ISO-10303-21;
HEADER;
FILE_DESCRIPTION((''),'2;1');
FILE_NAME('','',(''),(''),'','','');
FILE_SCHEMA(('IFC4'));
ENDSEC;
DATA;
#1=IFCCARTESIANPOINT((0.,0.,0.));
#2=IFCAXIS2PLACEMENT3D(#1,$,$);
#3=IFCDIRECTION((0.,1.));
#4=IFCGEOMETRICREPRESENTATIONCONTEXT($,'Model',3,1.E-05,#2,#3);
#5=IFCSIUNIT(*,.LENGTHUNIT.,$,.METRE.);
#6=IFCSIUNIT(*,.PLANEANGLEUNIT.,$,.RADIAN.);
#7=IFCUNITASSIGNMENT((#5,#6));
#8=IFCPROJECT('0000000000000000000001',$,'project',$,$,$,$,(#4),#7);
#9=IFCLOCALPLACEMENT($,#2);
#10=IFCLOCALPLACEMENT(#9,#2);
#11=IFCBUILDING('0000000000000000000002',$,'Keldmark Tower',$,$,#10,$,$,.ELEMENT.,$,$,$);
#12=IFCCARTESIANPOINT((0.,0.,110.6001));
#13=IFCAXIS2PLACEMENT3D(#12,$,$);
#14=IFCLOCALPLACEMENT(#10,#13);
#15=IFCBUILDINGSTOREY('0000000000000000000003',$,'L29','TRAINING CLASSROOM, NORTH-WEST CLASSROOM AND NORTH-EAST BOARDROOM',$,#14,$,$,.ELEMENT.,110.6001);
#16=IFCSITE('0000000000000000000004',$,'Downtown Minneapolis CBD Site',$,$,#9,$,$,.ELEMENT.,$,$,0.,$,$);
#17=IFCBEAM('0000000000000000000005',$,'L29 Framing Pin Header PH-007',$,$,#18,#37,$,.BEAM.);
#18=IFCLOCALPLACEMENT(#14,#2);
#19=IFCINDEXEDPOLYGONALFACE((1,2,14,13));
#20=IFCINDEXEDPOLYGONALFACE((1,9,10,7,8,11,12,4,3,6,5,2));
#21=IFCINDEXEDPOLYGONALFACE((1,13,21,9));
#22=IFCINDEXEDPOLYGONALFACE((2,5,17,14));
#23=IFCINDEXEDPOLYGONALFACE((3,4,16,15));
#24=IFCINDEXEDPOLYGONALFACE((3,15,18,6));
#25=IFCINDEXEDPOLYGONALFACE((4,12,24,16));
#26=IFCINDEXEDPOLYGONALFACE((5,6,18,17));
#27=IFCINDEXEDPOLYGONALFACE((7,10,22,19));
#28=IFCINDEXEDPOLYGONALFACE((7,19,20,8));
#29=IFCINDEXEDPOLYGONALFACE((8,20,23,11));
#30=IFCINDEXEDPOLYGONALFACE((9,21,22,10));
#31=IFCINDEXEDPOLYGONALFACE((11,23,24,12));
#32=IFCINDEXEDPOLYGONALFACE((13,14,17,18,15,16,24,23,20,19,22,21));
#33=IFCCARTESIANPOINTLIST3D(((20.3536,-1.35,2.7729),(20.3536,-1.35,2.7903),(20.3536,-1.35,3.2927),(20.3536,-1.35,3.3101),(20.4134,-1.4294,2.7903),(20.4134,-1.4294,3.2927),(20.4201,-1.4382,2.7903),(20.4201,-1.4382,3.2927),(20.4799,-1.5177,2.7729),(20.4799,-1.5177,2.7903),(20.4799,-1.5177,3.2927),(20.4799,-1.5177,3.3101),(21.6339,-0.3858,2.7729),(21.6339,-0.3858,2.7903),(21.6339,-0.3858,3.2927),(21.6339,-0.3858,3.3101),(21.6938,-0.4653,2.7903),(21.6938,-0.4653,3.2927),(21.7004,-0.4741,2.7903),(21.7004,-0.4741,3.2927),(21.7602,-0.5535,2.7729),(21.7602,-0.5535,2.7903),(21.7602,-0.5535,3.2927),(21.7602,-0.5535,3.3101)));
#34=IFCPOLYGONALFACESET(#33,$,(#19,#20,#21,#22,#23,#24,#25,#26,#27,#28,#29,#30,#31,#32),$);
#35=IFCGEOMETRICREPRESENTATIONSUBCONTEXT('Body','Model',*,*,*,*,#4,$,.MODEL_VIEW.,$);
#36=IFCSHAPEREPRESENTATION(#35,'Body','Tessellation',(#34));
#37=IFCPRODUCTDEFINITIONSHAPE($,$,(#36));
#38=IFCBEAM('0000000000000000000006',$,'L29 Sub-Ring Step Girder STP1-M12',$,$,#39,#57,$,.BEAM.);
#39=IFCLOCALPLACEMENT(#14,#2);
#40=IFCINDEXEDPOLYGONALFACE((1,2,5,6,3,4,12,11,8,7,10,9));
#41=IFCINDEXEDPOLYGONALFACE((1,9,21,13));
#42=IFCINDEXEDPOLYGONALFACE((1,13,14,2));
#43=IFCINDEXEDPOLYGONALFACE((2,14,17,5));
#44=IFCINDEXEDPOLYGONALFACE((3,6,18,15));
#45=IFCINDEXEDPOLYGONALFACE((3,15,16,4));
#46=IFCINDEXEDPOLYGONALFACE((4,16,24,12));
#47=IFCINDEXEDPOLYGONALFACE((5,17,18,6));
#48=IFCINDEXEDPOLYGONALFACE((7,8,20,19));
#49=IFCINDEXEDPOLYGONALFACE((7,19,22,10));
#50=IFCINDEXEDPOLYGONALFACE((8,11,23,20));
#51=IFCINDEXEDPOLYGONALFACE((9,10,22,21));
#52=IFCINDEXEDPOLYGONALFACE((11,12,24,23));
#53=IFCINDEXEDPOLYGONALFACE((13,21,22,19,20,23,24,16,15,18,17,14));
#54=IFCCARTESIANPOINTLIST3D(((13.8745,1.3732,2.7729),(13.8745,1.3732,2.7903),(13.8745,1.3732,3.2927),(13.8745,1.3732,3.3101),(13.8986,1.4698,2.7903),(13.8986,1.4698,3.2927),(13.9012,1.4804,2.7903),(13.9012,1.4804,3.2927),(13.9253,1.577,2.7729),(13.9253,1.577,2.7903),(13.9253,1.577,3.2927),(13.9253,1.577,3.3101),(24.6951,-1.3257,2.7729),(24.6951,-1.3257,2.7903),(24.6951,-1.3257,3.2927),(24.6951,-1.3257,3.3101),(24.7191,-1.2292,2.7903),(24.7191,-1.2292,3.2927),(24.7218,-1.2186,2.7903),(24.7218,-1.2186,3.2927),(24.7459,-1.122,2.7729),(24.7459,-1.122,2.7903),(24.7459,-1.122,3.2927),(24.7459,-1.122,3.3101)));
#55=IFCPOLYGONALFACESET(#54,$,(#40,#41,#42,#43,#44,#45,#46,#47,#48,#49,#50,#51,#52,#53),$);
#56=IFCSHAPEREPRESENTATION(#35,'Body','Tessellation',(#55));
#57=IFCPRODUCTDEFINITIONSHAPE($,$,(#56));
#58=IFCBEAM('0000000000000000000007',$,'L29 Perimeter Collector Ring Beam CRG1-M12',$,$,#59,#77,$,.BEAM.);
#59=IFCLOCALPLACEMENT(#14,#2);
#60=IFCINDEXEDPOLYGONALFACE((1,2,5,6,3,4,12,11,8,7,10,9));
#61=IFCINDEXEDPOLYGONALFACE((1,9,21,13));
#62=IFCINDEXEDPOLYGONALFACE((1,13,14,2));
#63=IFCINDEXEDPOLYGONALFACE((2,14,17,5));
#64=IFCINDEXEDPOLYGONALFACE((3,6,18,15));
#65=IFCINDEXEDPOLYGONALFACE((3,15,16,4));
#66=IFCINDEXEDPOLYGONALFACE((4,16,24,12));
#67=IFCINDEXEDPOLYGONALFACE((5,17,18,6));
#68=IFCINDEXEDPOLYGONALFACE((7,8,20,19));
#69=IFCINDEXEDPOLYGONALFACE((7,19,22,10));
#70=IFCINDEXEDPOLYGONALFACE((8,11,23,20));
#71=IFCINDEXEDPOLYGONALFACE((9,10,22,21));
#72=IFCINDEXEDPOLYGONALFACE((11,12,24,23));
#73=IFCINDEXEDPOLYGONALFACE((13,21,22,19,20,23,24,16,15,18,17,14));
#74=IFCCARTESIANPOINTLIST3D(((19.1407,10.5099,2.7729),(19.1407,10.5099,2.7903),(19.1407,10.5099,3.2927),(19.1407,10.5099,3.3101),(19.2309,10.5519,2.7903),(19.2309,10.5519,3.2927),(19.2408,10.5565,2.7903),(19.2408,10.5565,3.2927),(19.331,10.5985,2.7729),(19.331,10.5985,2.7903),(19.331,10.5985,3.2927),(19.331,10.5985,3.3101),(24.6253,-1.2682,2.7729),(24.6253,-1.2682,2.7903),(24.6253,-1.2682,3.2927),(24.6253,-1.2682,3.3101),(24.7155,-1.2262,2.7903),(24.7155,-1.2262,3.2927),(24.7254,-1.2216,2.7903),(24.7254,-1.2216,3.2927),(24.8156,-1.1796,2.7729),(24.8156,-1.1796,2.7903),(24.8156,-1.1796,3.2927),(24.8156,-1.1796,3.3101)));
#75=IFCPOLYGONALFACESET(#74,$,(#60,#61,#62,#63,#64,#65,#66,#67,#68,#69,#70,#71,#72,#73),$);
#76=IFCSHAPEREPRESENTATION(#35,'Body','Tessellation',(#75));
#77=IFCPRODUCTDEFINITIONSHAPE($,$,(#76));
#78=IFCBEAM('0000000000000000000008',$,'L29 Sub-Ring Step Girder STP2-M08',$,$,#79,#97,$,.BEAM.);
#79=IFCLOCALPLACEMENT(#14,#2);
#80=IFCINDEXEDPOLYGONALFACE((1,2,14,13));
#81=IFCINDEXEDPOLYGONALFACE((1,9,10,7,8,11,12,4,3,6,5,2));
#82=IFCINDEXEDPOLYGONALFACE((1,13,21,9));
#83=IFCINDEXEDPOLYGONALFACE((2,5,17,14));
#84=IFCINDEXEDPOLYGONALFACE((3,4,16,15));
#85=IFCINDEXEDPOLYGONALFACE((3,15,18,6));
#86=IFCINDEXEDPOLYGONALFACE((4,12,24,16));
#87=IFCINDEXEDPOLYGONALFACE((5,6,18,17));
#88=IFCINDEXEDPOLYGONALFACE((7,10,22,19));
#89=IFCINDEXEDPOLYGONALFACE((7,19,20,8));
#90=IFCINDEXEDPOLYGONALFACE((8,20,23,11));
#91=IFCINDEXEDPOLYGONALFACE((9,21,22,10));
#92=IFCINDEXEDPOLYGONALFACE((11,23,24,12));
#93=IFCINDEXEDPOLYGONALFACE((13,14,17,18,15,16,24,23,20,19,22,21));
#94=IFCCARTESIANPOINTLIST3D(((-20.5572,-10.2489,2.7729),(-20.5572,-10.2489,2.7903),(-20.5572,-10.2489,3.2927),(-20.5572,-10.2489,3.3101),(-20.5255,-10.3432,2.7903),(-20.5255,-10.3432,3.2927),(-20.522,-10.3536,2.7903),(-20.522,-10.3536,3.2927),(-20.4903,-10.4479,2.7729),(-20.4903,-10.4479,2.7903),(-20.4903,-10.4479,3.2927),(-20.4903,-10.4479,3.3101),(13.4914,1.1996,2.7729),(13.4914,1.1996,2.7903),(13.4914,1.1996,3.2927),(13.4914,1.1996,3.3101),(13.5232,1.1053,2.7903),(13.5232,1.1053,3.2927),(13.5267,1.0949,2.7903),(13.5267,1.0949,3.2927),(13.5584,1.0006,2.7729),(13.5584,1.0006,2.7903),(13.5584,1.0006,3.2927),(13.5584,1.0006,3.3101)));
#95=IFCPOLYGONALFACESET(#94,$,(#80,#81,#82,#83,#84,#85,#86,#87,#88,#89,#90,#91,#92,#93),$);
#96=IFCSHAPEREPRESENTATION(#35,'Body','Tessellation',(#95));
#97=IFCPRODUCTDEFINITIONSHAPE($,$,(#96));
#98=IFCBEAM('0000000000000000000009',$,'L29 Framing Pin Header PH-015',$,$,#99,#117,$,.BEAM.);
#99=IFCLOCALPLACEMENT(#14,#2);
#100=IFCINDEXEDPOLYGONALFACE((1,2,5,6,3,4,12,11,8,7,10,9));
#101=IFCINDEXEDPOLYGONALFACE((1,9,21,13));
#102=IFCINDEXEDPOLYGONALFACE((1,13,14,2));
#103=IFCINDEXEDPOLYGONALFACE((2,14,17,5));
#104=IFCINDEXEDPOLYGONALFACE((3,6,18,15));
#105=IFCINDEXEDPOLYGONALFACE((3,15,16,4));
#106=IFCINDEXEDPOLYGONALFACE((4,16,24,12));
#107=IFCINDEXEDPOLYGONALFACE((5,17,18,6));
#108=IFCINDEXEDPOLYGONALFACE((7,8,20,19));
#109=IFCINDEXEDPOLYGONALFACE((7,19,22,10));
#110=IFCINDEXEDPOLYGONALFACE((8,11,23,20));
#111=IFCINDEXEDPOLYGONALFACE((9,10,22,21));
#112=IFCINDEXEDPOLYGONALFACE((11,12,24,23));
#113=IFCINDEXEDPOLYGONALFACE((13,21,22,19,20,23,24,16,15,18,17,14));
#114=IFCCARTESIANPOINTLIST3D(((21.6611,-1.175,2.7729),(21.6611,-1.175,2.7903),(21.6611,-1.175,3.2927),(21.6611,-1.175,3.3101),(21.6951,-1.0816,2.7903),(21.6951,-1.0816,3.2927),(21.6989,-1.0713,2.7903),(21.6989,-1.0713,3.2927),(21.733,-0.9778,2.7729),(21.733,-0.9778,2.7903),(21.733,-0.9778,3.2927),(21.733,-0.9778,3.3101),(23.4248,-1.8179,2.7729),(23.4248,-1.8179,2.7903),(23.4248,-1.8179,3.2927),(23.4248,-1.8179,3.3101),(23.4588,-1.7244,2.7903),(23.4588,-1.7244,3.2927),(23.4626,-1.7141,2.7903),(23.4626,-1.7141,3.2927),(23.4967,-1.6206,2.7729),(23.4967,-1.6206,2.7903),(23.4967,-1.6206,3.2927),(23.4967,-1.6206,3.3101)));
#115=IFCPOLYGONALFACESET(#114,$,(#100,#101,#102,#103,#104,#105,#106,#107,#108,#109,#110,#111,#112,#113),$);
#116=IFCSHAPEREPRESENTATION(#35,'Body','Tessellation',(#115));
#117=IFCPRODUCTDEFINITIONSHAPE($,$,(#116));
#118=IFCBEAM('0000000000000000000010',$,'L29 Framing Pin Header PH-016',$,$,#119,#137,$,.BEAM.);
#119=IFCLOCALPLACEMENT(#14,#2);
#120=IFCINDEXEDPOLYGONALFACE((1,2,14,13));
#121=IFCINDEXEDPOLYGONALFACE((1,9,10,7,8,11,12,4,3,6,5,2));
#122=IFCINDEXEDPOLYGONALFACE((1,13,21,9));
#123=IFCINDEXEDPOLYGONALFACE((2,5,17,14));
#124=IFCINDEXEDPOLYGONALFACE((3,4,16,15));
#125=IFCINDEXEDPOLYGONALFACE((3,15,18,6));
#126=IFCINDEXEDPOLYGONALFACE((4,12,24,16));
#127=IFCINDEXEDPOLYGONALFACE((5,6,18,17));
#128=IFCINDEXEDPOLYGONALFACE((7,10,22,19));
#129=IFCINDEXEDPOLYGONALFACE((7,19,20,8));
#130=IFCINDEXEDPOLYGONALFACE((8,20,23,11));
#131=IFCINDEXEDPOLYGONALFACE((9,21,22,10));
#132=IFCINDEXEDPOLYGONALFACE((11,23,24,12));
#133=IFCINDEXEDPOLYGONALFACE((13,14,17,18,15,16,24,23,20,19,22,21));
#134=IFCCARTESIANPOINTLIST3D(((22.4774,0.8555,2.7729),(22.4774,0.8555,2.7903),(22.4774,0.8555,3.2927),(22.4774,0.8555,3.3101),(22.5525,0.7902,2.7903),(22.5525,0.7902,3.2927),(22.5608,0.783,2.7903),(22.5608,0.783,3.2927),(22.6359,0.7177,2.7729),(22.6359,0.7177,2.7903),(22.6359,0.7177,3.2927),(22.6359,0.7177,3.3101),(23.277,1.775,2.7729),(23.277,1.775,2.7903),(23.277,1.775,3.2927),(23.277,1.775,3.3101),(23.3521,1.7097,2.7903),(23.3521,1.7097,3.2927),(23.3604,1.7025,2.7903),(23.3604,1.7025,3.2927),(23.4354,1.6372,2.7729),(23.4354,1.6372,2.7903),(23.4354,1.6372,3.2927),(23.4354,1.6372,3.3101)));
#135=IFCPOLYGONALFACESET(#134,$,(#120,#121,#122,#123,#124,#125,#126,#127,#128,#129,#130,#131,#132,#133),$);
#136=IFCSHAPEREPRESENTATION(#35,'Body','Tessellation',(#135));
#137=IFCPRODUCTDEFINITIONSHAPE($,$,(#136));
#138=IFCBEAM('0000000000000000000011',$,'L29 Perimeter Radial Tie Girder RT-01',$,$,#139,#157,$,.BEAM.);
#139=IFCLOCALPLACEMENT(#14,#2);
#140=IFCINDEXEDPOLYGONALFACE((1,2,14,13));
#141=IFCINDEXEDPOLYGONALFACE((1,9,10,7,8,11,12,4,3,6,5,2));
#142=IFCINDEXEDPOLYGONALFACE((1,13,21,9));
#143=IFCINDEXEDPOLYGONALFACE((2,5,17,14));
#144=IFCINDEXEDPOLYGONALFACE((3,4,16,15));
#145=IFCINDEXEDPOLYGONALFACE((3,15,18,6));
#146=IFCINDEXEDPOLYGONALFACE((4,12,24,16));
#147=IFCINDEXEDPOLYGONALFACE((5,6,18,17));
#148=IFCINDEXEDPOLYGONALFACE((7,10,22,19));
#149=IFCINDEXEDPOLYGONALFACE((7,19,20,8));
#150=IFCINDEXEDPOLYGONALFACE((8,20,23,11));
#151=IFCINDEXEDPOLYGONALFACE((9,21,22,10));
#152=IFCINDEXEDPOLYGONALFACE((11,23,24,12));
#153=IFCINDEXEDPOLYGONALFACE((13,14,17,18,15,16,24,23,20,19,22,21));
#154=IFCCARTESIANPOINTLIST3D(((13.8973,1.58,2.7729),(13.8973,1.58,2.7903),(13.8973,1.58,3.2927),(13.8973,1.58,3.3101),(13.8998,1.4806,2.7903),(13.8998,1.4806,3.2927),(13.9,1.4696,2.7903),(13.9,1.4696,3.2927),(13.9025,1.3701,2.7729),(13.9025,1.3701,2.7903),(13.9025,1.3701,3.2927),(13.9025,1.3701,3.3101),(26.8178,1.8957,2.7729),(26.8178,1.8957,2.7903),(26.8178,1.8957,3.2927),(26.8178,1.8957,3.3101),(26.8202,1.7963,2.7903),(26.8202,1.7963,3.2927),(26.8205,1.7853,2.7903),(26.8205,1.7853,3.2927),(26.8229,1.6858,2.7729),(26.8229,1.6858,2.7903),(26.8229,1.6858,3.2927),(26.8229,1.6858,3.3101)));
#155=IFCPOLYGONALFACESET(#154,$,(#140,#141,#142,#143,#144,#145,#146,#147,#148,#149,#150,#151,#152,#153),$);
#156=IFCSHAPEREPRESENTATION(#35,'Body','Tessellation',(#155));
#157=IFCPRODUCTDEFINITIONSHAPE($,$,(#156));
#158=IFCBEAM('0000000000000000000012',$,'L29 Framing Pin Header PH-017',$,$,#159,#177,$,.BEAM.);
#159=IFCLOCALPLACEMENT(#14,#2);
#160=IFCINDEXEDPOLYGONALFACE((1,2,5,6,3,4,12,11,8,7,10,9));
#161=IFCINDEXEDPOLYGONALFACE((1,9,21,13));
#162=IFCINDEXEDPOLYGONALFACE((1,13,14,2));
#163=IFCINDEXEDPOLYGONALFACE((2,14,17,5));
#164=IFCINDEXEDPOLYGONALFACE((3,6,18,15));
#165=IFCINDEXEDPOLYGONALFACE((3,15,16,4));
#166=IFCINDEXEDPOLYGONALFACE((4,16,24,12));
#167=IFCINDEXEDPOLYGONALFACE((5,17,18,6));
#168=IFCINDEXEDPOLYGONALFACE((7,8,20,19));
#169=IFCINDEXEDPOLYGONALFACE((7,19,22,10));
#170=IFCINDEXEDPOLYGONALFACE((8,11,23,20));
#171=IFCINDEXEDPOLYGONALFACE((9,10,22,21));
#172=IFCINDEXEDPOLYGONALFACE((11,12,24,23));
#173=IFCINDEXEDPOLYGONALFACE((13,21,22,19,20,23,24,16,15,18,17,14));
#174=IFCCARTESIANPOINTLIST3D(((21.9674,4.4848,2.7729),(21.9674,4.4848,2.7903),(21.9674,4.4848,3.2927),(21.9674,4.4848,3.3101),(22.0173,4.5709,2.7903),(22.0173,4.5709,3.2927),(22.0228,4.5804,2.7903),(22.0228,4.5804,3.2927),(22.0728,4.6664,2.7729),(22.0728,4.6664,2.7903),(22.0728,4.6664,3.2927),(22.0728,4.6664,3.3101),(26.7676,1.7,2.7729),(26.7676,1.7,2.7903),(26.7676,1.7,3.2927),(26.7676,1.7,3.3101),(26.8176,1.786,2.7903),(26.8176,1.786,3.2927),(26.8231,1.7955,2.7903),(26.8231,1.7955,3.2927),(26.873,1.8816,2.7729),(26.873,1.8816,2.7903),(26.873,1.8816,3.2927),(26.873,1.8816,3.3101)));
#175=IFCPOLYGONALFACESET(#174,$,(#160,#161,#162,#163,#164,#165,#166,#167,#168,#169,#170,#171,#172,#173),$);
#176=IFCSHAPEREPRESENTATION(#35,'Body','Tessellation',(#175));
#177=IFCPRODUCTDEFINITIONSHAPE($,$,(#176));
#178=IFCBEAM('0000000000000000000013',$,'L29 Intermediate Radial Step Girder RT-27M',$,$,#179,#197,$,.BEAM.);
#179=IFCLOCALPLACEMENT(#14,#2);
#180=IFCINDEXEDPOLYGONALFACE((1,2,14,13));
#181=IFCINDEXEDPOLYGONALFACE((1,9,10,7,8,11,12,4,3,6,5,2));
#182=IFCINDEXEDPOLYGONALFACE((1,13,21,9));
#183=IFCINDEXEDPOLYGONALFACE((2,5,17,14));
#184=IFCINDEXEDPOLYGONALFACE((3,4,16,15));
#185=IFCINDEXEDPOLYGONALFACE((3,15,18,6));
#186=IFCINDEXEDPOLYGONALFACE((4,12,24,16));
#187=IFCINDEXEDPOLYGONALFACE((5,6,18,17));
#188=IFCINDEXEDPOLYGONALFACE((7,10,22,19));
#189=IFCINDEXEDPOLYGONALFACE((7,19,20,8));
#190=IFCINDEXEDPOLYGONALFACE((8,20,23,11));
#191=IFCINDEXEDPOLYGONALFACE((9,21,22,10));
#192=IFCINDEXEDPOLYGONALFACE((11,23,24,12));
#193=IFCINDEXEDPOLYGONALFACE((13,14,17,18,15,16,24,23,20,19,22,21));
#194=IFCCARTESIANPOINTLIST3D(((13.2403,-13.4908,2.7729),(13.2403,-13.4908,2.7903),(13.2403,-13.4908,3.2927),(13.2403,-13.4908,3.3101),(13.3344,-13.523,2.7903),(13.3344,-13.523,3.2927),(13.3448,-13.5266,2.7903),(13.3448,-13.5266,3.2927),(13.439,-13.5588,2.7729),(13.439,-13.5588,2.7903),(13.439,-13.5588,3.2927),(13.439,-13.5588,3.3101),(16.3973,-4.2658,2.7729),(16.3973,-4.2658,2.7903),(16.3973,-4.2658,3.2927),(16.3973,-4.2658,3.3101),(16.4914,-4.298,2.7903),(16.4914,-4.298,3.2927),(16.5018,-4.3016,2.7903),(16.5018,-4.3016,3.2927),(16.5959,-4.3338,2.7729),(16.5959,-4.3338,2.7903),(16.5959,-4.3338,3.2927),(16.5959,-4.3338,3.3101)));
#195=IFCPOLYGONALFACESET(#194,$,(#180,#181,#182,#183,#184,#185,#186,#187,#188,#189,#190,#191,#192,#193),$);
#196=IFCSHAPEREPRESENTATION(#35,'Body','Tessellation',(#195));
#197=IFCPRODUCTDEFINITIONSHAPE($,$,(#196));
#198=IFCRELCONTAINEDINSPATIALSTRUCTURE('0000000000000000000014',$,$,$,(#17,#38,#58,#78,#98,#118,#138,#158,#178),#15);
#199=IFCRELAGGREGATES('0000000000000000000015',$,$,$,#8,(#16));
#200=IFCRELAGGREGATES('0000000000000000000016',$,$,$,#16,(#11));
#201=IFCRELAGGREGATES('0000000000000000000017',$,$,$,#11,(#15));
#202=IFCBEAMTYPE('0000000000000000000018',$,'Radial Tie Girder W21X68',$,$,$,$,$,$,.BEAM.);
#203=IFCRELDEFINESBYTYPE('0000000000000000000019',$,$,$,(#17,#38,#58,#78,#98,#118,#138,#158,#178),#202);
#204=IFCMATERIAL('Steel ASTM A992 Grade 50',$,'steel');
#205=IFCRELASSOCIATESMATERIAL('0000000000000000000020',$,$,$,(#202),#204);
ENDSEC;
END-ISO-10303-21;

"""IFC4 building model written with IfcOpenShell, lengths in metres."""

from ifc_helpers import new_model, si_unit, direction, frame, origin, origin_2d, place, context, subcontext, project, spatial, i_section, extrude, material, material_profile, profile_set, type_object, element, save


model = new_model("IFC4")

# Units and contexts
model_context = context("Model", 3, precision=1e-05, world=origin(), true_north=direction((0.0, 1.0)))
body_context = subcontext(model_context, "Body", "Model", "MODEL_VIEW")
ifc_project = project(units=[si_unit("LENGTHUNIT", "METRE"), si_unit("PLANEANGLEUNIT", "RADIAN")], contexts=[model_context])

# Site, building, storey
site_placement = place(None, origin())
site = spatial("IfcSite", under=ifc_project, at=site_placement, Name="Downtown Minneapolis CBD Site", CompositionType="ELEMENT", RefElevation=0.0)
building_placement = place(site_placement, origin())
building = spatial("IfcBuilding", under=site, at=building_placement, Name="Keldmark Tower", CompositionType="ELEMENT")
storey_placement = place(building_placement, frame((0.0, 0.0, 110.6001)))
storey = spatial("IfcBuildingStorey", under=building, at=storey_placement, Name="L29", Description="TRAINING CLASSROOM, NORTH-WEST CLASSROOM AND NORTH-EAST BOARDROOM", CompositionType="ELEMENT", Elevation=110.6001)

# Beams
ifc_material_1 = material(Name="Steel ASTM A992 Grade 50", Category="steel")
ifc_material_profile_1 = material_profile(ifc_material_1, i_section(OverallWidth=0.21, OverallDepth=0.5371, WebThickness=0.011, FlangeThickness=0.0173, at=origin_2d()), Name="W21X68")
ifc_profile_set_1 = profile_set([ifc_material_profile_1], Name="Steel ASTM A992 Grade 50")
beam_type_1 = type_object("IfcBeamType", Name="Radial Tie Girder W21X68", PredefinedType="BEAM", material=ifc_profile_set_1)
beam_1_placement = place(storey_placement, frame((20.4167, -1.4338, 3.0415), z_axis=(0.798829, 0.601559, 0.0), x_axis=(-0.601559, 0.798829, 0.0)))
element("IfcBeam", 1, at=beam_1_placement, inside=storey, type_object=beam_type_1, Name="L29 Framing Pin Header PH-007", PredefinedType="BEAM", context=body_context, shape_type="SweptSolid", body=[
    extrude(i_section(OverallWidth=0.21, OverallDepth=0.5371, WebThickness=0.011, FlangeThickness=0.0173, at=origin_2d()), origin(), (0.0, 0.0, 1.0), 1.6028),
])
beam_2_placement = place(storey_placement, frame((13.8999, 1.4751, 3.0415), z_axis=(0.970272, -0.242015, 0.0), x_axis=(0.242015, 0.970272, 0.0)))
element("IfcBeam", 2, at=beam_2_placement, inside=storey, type_object=beam_type_1, Name="L29 Sub-Ring Step Girder STP1-M12", PredefinedType="BEAM", context=body_context, shape_type="SweptSolid", body=[
    extrude(i_section(OverallWidth=0.21, OverallDepth=0.5371, WebThickness=0.011, FlangeThickness=0.0173, at=origin_2d()), origin(), (0.0, 0.0, 1.0), 11.1521),
])
beam_3_placement = place(storey_placement, frame((24.7205, -1.2239, 3.0415), z_axis=(-0.422138, 0.906531, 0.0), x_axis=(-0.906531, -0.422138, 0.0)))
element("IfcBeam", 3, at=beam_3_placement, inside=storey, type_object=beam_type_1, Name="L29 Perimeter Collector Ring Beam CRG1-M12", PredefinedType="BEAM", context=body_context, shape_type="SweptSolid", body=[
    extrude(i_section(OverallWidth=0.21, OverallDepth=0.5371, WebThickness=0.011, FlangeThickness=0.0173, at=origin_2d()), origin(), (0.0, 0.0, 1.0), 12.9924),
])
beam_4_placement = place(storey_placement, frame((13.5249, 1.1001, 3.0415), z_axis=(-0.947854, -0.318706, 0.0), x_axis=(0.318706, -0.947854, 0.0)))
element("IfcBeam", 4, at=beam_4_placement, inside=storey, type_object=beam_type_1, Name="L29 Sub-Ring Step Girder STP2-M08", PredefinedType="BEAM", context=body_context, shape_type="SweptSolid", body=[
    extrude(i_section(OverallWidth=0.21, OverallDepth=0.5371, WebThickness=0.011, FlangeThickness=0.0173, at=origin_2d()), origin(), (0.0, 0.0, 1.0), 35.9219),
])
beam_5_placement = place(storey_placement, frame((21.697, -1.0764, 3.0415), z_axis=(0.939539, -0.342443, 0.0), x_axis=(0.342443, 0.939539, 0.0)))
element("IfcBeam", 5, at=beam_5_placement, inside=storey, type_object=beam_type_1, Name="L29 Framing Pin Header PH-015", PredefinedType="BEAM", context=body_context, shape_type="SweptSolid", body=[
    extrude(i_section(OverallWidth=0.21, OverallDepth=0.5371, WebThickness=0.011, FlangeThickness=0.0173, at=origin_2d()), origin(), (0.0, 0.0, 1.0), 1.8772),
])
beam_6_placement = place(storey_placement, frame((22.5566, 0.7866, 3.0415), z_axis=(0.656204, 0.754584, 0.0), x_axis=(-0.754584, 0.656204, 0.0)))
element("IfcBeam", 6, at=beam_6_placement, inside=storey, type_object=beam_type_1, Name="L29 Framing Pin Header PH-016", PredefinedType="BEAM", context=body_context, shape_type="SweptSolid", body=[
    extrude(i_section(OverallWidth=0.21, OverallDepth=0.5371, WebThickness=0.011, FlangeThickness=0.0173, at=origin_2d()), origin(), (0.0, 0.0, 1.0), 1.2185),
])
beam_7_placement = place(storey_placement, frame((13.8999, 1.4751, 3.0415), z_axis=(0.999702, 0.024425, 0.0), x_axis=(-0.024425, 0.999702, 0.0)))
element("IfcBeam", 7, at=beam_7_placement, inside=storey, type_object=beam_type_1, Name="L29 Perimeter Radial Tie Girder RT-01", PredefinedType="BEAM", context=body_context, shape_type="SweptSolid", body=[
    extrude(i_section(OverallWidth=0.21, OverallDepth=0.5371, WebThickness=0.011, FlangeThickness=0.0173, at=origin_2d()), origin(), (0.0, 0.0, 1.0), 12.9243),
])
beam_8_placement = place(storey_placement, frame((26.8203, 1.7908, 3.0415), z_axis=(-0.864973, 0.501818, 0.0), x_axis=(-0.501818, -0.864973, 0.0)))
element("IfcBeam", 8, at=beam_8_placement, inside=storey, type_object=beam_type_1, Name="L29 Framing Pin Header PH-017", PredefinedType="BEAM", context=body_context, shape_type="SweptSolid", body=[
    extrude(i_section(OverallWidth=0.21, OverallDepth=0.5371, WebThickness=0.011, FlangeThickness=0.0173, at=origin_2d()), origin(), (0.0, 0.0, 1.0), 5.5496),
])
beam_9_placement = place(storey_placement, frame((16.4966, -4.2998, 3.0415), z_axis=(-0.323782, -0.946132, 0.0), x_axis=(0.946132, -0.323782, 0.0)))
element("IfcBeam", 9, at=beam_9_placement, inside=storey, type_object=beam_type_1, Name="L29 Intermediate Radial Step Girder RT-27M", PredefinedType="BEAM", context=body_context, shape_type="SweptSolid", body=[
    extrude(i_section(OverallWidth=0.21, OverallDepth=0.5371, WebThickness=0.011, FlangeThickness=0.0173, at=origin_2d()), origin(), (0.0, 0.0, 1.0), 9.7502),
])

save(model, "model.ifc")
